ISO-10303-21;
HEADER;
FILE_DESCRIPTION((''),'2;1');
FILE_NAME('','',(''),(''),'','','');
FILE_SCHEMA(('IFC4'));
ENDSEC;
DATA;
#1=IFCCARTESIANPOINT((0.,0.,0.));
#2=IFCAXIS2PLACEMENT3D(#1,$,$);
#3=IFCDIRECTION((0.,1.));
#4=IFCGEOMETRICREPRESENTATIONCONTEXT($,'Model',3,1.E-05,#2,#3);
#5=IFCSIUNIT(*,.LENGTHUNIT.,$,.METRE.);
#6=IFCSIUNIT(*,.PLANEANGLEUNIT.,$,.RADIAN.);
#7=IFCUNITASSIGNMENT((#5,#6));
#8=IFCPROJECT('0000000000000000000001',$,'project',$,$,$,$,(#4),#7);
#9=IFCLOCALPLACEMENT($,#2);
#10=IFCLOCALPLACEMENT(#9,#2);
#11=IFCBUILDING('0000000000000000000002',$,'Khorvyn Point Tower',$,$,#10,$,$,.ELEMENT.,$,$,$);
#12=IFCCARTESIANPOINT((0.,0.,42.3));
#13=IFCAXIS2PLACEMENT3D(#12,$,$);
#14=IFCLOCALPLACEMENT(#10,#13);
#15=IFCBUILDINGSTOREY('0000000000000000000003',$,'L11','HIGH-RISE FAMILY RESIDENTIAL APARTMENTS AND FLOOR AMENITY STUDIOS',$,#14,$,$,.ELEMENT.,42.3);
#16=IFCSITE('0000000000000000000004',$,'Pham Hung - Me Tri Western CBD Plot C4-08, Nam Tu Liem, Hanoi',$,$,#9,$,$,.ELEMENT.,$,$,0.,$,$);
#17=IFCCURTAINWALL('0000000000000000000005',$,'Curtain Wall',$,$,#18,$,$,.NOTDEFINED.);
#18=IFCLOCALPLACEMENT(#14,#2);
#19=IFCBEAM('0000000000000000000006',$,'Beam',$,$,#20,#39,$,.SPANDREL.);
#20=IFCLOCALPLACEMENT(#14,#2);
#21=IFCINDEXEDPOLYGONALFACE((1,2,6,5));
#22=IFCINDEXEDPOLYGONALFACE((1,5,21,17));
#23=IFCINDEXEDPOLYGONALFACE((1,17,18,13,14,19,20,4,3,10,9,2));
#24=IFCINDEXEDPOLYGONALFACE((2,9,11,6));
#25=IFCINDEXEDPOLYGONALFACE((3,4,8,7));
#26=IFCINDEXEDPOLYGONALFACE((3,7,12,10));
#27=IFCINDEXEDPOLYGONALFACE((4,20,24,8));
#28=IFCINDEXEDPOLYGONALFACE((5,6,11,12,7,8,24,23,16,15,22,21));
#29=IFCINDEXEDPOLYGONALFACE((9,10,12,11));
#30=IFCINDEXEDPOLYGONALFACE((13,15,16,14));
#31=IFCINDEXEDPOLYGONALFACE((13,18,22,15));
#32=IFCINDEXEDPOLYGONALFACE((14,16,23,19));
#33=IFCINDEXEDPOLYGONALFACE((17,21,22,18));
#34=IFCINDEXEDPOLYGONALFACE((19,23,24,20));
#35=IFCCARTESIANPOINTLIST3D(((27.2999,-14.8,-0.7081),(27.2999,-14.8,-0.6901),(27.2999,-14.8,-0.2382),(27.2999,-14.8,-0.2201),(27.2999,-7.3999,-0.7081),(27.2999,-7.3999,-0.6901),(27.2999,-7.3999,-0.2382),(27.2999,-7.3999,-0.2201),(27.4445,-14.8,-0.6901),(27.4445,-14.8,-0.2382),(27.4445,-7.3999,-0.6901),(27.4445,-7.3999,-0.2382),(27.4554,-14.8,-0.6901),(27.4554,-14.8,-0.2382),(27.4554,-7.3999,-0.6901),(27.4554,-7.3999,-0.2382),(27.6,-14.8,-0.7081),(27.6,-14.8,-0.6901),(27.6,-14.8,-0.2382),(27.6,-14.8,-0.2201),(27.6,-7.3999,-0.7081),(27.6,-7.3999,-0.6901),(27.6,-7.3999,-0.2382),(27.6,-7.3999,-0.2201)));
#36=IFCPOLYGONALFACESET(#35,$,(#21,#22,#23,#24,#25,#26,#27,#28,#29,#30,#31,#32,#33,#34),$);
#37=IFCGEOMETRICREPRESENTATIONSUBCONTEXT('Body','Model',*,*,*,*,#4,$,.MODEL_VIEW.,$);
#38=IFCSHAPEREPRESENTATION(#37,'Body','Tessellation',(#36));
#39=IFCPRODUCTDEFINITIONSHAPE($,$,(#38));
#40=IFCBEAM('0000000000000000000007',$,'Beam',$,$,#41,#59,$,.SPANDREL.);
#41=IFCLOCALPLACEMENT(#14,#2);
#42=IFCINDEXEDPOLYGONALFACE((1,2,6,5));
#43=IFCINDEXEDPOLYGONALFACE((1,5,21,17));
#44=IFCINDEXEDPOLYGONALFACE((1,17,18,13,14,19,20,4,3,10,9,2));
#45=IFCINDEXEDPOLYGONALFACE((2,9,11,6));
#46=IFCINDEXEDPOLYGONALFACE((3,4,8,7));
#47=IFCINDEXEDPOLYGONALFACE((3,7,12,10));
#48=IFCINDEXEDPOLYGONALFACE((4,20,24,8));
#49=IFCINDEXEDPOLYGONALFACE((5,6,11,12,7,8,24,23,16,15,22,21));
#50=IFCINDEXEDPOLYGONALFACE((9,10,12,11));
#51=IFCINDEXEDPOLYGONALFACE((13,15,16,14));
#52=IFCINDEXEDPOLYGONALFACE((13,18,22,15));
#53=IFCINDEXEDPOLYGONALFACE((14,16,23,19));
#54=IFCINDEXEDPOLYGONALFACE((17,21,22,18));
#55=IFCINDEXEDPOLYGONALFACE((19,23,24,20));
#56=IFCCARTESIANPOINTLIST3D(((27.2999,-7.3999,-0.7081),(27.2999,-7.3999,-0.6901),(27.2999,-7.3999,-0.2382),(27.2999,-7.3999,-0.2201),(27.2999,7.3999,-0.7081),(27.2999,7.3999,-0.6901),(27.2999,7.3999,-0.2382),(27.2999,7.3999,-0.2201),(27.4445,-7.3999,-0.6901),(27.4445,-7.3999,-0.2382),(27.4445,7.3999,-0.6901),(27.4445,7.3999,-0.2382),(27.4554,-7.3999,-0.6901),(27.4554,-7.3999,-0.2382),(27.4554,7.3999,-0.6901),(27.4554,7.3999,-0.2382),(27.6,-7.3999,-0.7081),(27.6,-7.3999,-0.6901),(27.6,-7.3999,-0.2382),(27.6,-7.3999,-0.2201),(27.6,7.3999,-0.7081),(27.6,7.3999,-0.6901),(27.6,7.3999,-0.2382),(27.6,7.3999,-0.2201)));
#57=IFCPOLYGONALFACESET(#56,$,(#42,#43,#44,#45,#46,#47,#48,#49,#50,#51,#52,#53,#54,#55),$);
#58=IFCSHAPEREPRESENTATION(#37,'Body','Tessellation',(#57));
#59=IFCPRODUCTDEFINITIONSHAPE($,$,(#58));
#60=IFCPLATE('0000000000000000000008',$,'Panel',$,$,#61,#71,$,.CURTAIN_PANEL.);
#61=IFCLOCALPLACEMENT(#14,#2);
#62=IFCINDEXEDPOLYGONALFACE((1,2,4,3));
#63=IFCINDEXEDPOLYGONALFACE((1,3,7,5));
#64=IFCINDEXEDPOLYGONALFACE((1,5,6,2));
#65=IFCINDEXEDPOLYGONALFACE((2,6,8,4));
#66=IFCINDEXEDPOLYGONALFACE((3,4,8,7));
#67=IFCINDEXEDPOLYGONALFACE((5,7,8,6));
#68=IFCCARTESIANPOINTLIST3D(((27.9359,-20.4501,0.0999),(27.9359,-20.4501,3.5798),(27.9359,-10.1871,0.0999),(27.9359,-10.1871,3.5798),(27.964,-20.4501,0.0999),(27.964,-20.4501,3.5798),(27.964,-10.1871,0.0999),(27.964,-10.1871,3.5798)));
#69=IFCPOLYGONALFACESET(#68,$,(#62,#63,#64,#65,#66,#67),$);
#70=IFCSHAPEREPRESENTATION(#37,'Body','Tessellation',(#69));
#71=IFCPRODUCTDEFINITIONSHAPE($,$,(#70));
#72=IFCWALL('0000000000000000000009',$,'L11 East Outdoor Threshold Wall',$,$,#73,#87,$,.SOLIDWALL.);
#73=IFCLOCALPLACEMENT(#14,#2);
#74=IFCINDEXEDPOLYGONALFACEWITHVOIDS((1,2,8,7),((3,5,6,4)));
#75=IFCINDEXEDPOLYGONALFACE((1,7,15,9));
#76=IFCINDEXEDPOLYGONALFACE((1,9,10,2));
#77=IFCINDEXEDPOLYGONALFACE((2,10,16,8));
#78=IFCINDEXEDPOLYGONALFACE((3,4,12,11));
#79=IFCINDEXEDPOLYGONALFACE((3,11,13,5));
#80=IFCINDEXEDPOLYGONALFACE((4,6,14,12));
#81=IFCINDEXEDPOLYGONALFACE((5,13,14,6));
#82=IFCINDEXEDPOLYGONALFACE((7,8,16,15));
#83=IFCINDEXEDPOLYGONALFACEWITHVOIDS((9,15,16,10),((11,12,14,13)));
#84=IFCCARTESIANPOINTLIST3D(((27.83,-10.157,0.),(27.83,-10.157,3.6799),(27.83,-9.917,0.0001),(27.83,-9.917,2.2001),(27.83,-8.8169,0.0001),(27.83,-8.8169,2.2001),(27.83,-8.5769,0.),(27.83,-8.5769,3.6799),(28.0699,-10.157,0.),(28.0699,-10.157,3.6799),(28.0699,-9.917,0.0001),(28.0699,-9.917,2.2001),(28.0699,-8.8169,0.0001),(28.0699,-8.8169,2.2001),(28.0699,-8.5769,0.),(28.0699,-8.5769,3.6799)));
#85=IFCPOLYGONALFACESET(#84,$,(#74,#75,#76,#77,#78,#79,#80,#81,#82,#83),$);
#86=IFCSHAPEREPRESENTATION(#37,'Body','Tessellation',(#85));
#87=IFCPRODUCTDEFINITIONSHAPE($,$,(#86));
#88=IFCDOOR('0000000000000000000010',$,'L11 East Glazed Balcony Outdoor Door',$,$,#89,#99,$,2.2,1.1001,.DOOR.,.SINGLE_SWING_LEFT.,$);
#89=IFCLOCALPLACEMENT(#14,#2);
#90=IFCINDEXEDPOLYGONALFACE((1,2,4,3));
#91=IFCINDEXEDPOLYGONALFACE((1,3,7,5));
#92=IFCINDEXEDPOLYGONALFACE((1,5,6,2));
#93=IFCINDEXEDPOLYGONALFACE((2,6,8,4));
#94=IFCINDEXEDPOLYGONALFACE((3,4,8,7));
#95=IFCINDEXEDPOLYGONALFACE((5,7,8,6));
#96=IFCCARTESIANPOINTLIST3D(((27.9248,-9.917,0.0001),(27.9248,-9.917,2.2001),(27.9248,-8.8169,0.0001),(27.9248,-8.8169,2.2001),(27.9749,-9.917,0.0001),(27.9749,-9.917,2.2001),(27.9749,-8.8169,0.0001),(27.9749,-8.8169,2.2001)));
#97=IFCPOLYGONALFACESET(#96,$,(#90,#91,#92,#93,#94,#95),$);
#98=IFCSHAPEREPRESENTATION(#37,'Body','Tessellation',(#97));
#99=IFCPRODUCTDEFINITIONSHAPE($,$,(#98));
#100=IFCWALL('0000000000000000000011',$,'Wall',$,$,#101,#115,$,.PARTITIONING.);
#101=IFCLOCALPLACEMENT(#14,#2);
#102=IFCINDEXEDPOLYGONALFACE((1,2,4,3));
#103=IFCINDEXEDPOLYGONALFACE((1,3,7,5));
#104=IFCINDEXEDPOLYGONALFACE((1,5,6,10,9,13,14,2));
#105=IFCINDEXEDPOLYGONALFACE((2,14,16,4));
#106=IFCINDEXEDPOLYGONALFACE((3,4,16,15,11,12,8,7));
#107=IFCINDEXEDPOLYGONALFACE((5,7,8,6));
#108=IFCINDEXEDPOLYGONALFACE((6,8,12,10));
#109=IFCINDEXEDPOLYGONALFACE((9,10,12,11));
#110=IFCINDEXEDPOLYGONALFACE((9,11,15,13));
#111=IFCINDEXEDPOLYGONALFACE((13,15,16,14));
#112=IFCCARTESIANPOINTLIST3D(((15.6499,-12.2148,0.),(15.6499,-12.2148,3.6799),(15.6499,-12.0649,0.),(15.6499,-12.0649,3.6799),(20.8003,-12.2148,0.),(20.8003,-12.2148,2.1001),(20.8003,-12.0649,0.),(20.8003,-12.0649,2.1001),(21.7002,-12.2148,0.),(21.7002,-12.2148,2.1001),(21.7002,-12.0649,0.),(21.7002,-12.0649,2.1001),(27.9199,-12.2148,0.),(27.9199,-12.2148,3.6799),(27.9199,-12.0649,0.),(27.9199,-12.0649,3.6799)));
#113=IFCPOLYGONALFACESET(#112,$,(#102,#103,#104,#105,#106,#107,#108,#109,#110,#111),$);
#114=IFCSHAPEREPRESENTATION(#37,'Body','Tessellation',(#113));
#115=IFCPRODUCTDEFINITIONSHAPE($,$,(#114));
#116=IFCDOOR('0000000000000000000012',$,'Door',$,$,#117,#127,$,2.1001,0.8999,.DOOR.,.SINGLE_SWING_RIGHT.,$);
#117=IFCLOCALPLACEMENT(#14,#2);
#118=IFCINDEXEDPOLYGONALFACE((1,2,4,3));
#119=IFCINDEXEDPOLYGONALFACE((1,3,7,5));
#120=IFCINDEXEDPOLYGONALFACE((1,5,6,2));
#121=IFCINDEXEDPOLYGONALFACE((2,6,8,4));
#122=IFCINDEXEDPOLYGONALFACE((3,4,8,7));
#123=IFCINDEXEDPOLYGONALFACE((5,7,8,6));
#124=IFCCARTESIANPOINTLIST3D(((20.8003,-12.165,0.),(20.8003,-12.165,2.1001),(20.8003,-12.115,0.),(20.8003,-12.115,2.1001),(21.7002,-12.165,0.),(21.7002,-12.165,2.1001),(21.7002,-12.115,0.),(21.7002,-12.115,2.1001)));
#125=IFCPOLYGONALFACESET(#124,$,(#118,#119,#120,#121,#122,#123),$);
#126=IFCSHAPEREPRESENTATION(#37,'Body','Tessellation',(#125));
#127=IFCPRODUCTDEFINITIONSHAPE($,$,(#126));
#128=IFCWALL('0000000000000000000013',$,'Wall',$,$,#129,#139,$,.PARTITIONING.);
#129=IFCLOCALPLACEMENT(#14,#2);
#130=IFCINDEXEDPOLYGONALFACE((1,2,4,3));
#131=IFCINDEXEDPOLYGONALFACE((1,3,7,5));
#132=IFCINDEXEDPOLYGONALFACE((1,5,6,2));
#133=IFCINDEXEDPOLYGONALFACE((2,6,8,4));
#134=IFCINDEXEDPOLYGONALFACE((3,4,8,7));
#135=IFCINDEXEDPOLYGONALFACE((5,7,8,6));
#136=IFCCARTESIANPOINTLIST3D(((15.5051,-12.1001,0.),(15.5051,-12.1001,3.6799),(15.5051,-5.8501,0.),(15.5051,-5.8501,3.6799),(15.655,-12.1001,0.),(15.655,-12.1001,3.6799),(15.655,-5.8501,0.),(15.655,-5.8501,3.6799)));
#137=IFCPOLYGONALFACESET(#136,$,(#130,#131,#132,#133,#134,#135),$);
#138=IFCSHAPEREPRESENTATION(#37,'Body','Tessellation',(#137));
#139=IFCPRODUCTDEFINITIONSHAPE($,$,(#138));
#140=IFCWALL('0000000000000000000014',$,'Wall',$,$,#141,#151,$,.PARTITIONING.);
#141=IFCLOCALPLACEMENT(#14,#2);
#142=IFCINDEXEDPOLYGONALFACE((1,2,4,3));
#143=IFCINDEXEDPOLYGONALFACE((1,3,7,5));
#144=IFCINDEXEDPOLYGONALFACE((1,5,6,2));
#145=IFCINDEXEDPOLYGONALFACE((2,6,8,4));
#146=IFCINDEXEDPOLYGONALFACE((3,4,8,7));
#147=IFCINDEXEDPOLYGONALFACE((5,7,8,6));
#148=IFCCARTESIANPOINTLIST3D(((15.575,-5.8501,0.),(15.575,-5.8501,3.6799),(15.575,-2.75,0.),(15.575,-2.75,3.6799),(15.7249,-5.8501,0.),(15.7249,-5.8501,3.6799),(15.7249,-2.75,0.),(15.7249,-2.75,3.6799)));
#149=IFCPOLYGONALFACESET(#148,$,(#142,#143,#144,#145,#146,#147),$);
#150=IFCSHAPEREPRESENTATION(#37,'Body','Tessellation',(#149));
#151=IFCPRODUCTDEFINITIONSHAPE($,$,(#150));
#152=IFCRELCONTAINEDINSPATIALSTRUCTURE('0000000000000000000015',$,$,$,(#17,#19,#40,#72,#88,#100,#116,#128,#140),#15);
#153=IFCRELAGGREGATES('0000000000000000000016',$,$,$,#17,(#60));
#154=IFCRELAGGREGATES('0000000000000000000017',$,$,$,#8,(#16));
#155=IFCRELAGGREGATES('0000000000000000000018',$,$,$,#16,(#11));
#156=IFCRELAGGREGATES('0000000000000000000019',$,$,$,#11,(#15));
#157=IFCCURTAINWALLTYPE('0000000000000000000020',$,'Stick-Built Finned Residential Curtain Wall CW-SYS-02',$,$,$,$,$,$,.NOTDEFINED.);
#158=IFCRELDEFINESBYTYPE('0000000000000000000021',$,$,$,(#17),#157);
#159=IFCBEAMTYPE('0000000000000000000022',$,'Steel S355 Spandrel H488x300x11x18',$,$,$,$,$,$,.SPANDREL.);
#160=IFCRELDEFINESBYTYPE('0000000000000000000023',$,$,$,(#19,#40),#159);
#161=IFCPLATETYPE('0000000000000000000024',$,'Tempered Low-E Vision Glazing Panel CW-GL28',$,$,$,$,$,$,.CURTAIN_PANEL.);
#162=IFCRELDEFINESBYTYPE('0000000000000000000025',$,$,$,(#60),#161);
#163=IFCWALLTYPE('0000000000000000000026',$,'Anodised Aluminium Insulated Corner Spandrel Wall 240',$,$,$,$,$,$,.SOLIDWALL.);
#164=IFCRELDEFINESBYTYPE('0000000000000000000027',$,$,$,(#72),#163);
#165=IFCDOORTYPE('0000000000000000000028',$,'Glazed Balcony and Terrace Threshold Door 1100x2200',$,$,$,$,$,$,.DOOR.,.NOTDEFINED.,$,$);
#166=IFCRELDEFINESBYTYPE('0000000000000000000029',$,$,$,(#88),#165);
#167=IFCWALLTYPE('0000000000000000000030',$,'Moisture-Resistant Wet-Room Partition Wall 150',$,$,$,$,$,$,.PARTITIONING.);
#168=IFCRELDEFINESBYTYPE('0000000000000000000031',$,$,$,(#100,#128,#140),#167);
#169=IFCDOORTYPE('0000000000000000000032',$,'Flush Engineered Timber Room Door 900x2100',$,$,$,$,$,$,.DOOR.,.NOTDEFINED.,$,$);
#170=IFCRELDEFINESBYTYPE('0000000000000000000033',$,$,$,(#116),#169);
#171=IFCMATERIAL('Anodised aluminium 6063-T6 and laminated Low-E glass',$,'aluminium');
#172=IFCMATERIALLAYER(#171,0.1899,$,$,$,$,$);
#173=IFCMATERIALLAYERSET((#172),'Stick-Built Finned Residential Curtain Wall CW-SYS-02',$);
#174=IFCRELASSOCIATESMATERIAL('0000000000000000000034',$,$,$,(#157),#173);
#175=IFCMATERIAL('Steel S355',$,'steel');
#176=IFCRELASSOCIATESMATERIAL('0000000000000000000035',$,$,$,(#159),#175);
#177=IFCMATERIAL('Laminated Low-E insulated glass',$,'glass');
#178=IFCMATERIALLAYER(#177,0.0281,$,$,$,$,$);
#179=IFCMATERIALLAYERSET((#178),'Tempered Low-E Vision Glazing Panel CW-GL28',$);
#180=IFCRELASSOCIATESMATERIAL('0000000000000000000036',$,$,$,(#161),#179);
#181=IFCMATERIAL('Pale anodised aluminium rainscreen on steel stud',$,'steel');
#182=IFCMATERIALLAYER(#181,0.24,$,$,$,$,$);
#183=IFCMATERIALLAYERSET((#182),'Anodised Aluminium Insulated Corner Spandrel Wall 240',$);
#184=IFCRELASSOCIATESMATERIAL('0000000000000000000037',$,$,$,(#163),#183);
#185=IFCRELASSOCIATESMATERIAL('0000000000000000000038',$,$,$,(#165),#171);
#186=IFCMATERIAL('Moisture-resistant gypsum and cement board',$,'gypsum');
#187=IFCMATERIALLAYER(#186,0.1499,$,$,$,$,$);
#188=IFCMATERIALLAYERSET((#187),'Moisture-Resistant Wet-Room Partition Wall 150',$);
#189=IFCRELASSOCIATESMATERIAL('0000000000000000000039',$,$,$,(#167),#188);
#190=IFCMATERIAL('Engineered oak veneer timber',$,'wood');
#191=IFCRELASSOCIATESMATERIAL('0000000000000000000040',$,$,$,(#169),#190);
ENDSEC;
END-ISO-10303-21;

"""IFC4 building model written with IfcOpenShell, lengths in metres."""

from ifc_helpers import new_model, si_unit, direction, frame, frame_2d, origin, origin_2d, place, context, subcontext, project, spatial, rectangle, i_section, extrude, material, layer, layer_set, material_profile, profile_set, type_object, element, fill, aggregate, save


model = new_model("IFC4")

# Units and contexts
model_context = context("Model", 3, precision=1e-05, world=origin(), true_north=direction((0.0, 1.0)))
body_context = subcontext(model_context, "Body", "Model", "MODEL_VIEW")
ifc_project = project(units=[si_unit("LENGTHUNIT", "METRE"), si_unit("PLANEANGLEUNIT", "RADIAN")], contexts=[model_context])

# Site, building, storey
site_placement = place(None, origin())
site = spatial("IfcSite", under=ifc_project, at=site_placement, Name="Pham Hung - Me Tri Western CBD Plot C4-08, Nam Tu Liem, Hanoi", CompositionType="ELEMENT", RefElevation=0.0)
building_placement = place(site_placement, origin())
building = spatial("IfcBuilding", under=site, at=building_placement, Name="Khorvyn Point Tower", CompositionType="ELEMENT")
storey_placement = place(building_placement, frame((0.0, 0.0, 42.3)))
storey = spatial("IfcBuildingStorey", under=building, at=storey_placement, Name="L11", Description="HIGH-RISE FAMILY RESIDENTIAL APARTMENTS AND FLOOR AMENITY STUDIOS", CompositionType="ELEMENT", Elevation=42.3)

# Shared definitions
ifc_material_1 = material(Name="Anodised aluminium 6063-T6 and laminated Low-E glass", Category="aluminium")
ifc_layer_1 = layer(ifc_material_1, 0.1899)
ifc_layer_set_1 = layer_set([ifc_layer_1], Name="Stick-Built Finned Residential Curtain Wall CW-SYS-02")
curtain_wall_type = type_object("IfcCurtainWallType", Name="Stick-Built Finned Residential Curtain Wall CW-SYS-02", PredefinedType="NOTDEFINED", material=ifc_layer_set_1)

# Curtain wall
curtain_wall_1_placement = place(storey_placement, origin())
curtain_wall_1 = element("IfcCurtainWall", 1, at=curtain_wall_1_placement, inside=storey, type_object=curtain_wall_type, Name="Curtain Wall", PredefinedType="NOTDEFINED")

# Beams
ifc_material_2 = material(Name="Steel S355", Category="steel")
ifc_material_profile_1 = material_profile(ifc_material_2, i_section(OverallWidth=0.3, OverallDepth=0.488, WebThickness=0.011, FlangeThickness=0.0181, at=origin_2d()))
ifc_profile_set_1 = profile_set([ifc_material_profile_1], Name="Steel S355 H488x300x11x18")
beam_type_1 = type_object("IfcBeamType", Name="Steel S355 Spandrel H488x300x11x18", PredefinedType="SPANDREL", material=ifc_profile_set_1)
beam_1_placement = place(storey_placement, frame((27.45, -14.8, -0.4641), z_axis=(0.0, 1.0, 0.0), x_axis=(-1.0, 0.0, 0.0)))
element("IfcBeam", 2, at=beam_1_placement, inside=storey, type_object=beam_type_1, Name="Beam", PredefinedType="SPANDREL", context=body_context, shape_type="SweptSolid", body=[
    extrude(i_section(OverallWidth=0.3, OverallDepth=0.488, WebThickness=0.011, FlangeThickness=0.0181, at=origin_2d()), origin(), (0.0, 0.0, 1.0), 7.4001),
])
beam_2_placement = place(storey_placement, frame((27.45, -7.3999, -0.4641), z_axis=(0.0, 1.0, 0.0), x_axis=(-1.0, 0.0, 0.0)))
element("IfcBeam", 3, at=beam_2_placement, inside=storey, type_object=beam_type_1, Name="Beam", PredefinedType="SPANDREL", context=body_context, shape_type="SweptSolid", body=[
    extrude(i_section(OverallWidth=0.3, OverallDepth=0.488, WebThickness=0.011, FlangeThickness=0.0181, at=origin_2d()), origin(), (0.0, 0.0, 1.0), 14.7998),
])

# Plate
ifc_material_3 = material(Name="Laminated Low-E insulated glass", Category="glass")
ifc_layer_2 = layer(ifc_material_3, 0.0281)
ifc_layer_set_2 = layer_set([ifc_layer_2], Name="Tempered Low-E Vision Glazing Panel CW-GL28")
plate_type = type_object("IfcPlateType", Name="Tempered Low-E Vision Glazing Panel CW-GL28", PredefinedType="CURTAIN_PANEL", material=ifc_layer_set_2)
plate_placement = place(storey_placement, frame((27.95, -15.3186, 0.0999), z_axis=(0.0, 0.0, 1.0), x_axis=(0.0, -1.0, 0.0)))
plate = element("IfcPlate", 4, at=plate_placement, type_object=plate_type, Name="Panel", PredefinedType="CURTAIN_PANEL", context=body_context, shape_type="SweptSolid", body=[
    extrude(rectangle(XDim=10.2629, YDim=0.0281, at=origin_2d()), origin(), (0.0, 0.0, 1.0), 3.48),
])
aggregate(curtain_wall_1, [plate])

# Walls, openings, doors
ifc_material_4 = material(Name="Pale anodised aluminium rainscreen on steel stud", Category="steel")
ifc_layer_3 = layer(ifc_material_4, 0.24)
ifc_layer_set_3 = layer_set([ifc_layer_3], Name="Anodised Aluminium Insulated Corner Spandrel Wall 240")
wall_type_1 = type_object("IfcWallType", Name="Anodised Aluminium Insulated Corner Spandrel Wall 240", PredefinedType="SOLIDWALL", material=ifc_layer_set_3)
wall_1_placement = place(storey_placement, frame((27.95, -8.5769, 0.0), z_axis=(0.0, 0.0, 1.0), x_axis=(0.0, -1.0, 0.0)))
wall_1 = element("IfcWall", 5, at=wall_1_placement, inside=storey, type_object=wall_type_1, Name="L11 East Outdoor Threshold Wall", PredefinedType="SOLIDWALL", context=body_context, shape_type="SweptSolid", body=[
    extrude(rectangle(XDim=1.5801, YDim=0.24, at=frame_2d((0.79, 0.0))), origin(), (0.0, 0.0, 1.0), 3.6799),
])
opening_1_placement = place(wall_1_placement, frame((0.24, 0.0, 0.0)))
opening_1 = element("IfcOpeningElement", 6, at=opening_1_placement, cuts=wall_1, PredefinedType="OPENING", context=body_context, shape_type="SweptSolid", body=[
    extrude(rectangle(XDim=1.1001, YDim=2.2, at=frame_2d((0.55, 1.1001))), frame((0.0, 0.1299, 0.0), z_axis=(0.0, -1.0, 0.0), x_axis=(1.0, 0.0, 0.0)), (0.0, 0.0, 1.0), 0.26),
])
door_type_1 = type_object("IfcDoorType", Name="Glazed Balcony and Terrace Threshold Door 1100x2200", OperationType="NOTDEFINED", PredefinedType="DOOR", material=ifc_material_1)
door_1_placement = place(opening_1_placement, origin())
door_1 = element("IfcDoor", 7, at=door_1_placement, inside=storey, type_object=door_type_1, Name="L11 East Glazed Balcony Outdoor Door", OperationType="SINGLE_SWING_LEFT", OverallHeight=2.2, OverallWidth=1.1001, PredefinedType="DOOR", context=body_context, shape_type="SweptSolid", body=[
    extrude(rectangle(XDim=1.1001, YDim=2.2, at=frame_2d((0.55, 1.1001))), frame((0.0, 0.0249, 0.0), z_axis=(0.0, -1.0, 0.0), x_axis=(1.0, 0.0, 0.0)), (0.0, 0.0, 1.0), 0.05),
])
fill(opening_1, door_1)
ifc_material_5 = material(Name="Moisture-resistant gypsum and cement board", Category="gypsum")
ifc_layer_4 = layer(ifc_material_5, 0.1499)
ifc_layer_set_4 = layer_set([ifc_layer_4], Name="Moisture-Resistant Wet-Room Partition Wall 150")
wall_type_2 = type_object("IfcWallType", Name="Moisture-Resistant Wet-Room Partition Wall 150", PredefinedType="PARTITIONING", material=ifc_layer_set_4)
wall_2_placement = place(storey_placement, frame((15.6499, -12.1399, 0.0), z_axis=(0.0, 0.0, 1.0), x_axis=(1.0, 0.0, 0.0)))
wall_2 = element("IfcWall", 8, at=wall_2_placement, inside=storey, type_object=wall_type_2, Name="Wall", PredefinedType="PARTITIONING", context=body_context, shape_type="SweptSolid", body=[
    extrude(rectangle(XDim=12.27, YDim=0.1499, at=frame_2d((6.135, 0.0))), origin(), (0.0, 0.0, 1.0), 3.6799),
])
opening_2_placement = place(wall_2_placement, frame((5.1504, 0.0, 0.0)))
opening_2 = element("IfcOpeningElement", 9, at=opening_2_placement, cuts=wall_2, PredefinedType="OPENING", context=body_context, shape_type="SweptSolid", body=[
    extrude(rectangle(XDim=0.8999, YDim=2.1001, at=frame_2d((0.45, 1.05))), frame((0.0, 0.085, 0.0), z_axis=(0.0, -1.0, 0.0), x_axis=(1.0, 0.0, 0.0)), (0.0, 0.0, 1.0), 0.1699),
])
ifc_material_6 = material(Name="Engineered oak veneer timber", Category="wood")
door_type_2 = type_object("IfcDoorType", Name="Flush Engineered Timber Room Door 900x2100", OperationType="NOTDEFINED", PredefinedType="DOOR", material=ifc_material_6)
door_2_placement = place(opening_2_placement, origin())
door_2 = element("IfcDoor", 10, at=door_2_placement, inside=storey, type_object=door_type_2, Name="Door", OperationType="SINGLE_SWING_RIGHT", OverallHeight=2.1001, OverallWidth=0.8999, PredefinedType="DOOR", context=body_context, shape_type="SweptSolid", body=[
    extrude(rectangle(XDim=0.8999, YDim=2.1001, at=frame_2d((0.45, 1.05))), frame((0.0, 0.0249, 0.0), z_axis=(0.0, -1.0, 0.0), x_axis=(1.0, 0.0, 0.0)), (0.0, 0.0, 1.0), 0.05),
])
fill(opening_2, door_2)

# Walls
wall_3_placement = place(storey_placement, frame((15.5801, -12.1001, 0.0), z_axis=(0.0, 0.0, 1.0), x_axis=(0.0, 1.0, 0.0)))
element("IfcWall", 11, at=wall_3_placement, inside=storey, type_object=wall_type_2, Name="Wall", PredefinedType="PARTITIONING", context=body_context, shape_type="SweptSolid", body=[
    extrude(rectangle(XDim=6.25, YDim=0.1499, at=frame_2d((3.125, 0.0))), origin(), (0.0, 0.0, 1.0), 3.6799),
])
wall_4_placement = place(storey_placement, frame((15.6499, -5.8501, 0.0), z_axis=(0.0, 0.0, 1.0), x_axis=(0.0, 1.0, 0.0)))
element("IfcWall", 12, at=wall_4_placement, inside=storey, type_object=wall_type_2, Name="Wall", PredefinedType="PARTITIONING", context=body_context, shape_type="SweptSolid", body=[
    extrude(rectangle(XDim=3.1001, YDim=0.1499, at=frame_2d((1.55, 0.0))), origin(), (0.0, 0.0, 1.0), 3.6799),
])

save(model, "model.ifc")
